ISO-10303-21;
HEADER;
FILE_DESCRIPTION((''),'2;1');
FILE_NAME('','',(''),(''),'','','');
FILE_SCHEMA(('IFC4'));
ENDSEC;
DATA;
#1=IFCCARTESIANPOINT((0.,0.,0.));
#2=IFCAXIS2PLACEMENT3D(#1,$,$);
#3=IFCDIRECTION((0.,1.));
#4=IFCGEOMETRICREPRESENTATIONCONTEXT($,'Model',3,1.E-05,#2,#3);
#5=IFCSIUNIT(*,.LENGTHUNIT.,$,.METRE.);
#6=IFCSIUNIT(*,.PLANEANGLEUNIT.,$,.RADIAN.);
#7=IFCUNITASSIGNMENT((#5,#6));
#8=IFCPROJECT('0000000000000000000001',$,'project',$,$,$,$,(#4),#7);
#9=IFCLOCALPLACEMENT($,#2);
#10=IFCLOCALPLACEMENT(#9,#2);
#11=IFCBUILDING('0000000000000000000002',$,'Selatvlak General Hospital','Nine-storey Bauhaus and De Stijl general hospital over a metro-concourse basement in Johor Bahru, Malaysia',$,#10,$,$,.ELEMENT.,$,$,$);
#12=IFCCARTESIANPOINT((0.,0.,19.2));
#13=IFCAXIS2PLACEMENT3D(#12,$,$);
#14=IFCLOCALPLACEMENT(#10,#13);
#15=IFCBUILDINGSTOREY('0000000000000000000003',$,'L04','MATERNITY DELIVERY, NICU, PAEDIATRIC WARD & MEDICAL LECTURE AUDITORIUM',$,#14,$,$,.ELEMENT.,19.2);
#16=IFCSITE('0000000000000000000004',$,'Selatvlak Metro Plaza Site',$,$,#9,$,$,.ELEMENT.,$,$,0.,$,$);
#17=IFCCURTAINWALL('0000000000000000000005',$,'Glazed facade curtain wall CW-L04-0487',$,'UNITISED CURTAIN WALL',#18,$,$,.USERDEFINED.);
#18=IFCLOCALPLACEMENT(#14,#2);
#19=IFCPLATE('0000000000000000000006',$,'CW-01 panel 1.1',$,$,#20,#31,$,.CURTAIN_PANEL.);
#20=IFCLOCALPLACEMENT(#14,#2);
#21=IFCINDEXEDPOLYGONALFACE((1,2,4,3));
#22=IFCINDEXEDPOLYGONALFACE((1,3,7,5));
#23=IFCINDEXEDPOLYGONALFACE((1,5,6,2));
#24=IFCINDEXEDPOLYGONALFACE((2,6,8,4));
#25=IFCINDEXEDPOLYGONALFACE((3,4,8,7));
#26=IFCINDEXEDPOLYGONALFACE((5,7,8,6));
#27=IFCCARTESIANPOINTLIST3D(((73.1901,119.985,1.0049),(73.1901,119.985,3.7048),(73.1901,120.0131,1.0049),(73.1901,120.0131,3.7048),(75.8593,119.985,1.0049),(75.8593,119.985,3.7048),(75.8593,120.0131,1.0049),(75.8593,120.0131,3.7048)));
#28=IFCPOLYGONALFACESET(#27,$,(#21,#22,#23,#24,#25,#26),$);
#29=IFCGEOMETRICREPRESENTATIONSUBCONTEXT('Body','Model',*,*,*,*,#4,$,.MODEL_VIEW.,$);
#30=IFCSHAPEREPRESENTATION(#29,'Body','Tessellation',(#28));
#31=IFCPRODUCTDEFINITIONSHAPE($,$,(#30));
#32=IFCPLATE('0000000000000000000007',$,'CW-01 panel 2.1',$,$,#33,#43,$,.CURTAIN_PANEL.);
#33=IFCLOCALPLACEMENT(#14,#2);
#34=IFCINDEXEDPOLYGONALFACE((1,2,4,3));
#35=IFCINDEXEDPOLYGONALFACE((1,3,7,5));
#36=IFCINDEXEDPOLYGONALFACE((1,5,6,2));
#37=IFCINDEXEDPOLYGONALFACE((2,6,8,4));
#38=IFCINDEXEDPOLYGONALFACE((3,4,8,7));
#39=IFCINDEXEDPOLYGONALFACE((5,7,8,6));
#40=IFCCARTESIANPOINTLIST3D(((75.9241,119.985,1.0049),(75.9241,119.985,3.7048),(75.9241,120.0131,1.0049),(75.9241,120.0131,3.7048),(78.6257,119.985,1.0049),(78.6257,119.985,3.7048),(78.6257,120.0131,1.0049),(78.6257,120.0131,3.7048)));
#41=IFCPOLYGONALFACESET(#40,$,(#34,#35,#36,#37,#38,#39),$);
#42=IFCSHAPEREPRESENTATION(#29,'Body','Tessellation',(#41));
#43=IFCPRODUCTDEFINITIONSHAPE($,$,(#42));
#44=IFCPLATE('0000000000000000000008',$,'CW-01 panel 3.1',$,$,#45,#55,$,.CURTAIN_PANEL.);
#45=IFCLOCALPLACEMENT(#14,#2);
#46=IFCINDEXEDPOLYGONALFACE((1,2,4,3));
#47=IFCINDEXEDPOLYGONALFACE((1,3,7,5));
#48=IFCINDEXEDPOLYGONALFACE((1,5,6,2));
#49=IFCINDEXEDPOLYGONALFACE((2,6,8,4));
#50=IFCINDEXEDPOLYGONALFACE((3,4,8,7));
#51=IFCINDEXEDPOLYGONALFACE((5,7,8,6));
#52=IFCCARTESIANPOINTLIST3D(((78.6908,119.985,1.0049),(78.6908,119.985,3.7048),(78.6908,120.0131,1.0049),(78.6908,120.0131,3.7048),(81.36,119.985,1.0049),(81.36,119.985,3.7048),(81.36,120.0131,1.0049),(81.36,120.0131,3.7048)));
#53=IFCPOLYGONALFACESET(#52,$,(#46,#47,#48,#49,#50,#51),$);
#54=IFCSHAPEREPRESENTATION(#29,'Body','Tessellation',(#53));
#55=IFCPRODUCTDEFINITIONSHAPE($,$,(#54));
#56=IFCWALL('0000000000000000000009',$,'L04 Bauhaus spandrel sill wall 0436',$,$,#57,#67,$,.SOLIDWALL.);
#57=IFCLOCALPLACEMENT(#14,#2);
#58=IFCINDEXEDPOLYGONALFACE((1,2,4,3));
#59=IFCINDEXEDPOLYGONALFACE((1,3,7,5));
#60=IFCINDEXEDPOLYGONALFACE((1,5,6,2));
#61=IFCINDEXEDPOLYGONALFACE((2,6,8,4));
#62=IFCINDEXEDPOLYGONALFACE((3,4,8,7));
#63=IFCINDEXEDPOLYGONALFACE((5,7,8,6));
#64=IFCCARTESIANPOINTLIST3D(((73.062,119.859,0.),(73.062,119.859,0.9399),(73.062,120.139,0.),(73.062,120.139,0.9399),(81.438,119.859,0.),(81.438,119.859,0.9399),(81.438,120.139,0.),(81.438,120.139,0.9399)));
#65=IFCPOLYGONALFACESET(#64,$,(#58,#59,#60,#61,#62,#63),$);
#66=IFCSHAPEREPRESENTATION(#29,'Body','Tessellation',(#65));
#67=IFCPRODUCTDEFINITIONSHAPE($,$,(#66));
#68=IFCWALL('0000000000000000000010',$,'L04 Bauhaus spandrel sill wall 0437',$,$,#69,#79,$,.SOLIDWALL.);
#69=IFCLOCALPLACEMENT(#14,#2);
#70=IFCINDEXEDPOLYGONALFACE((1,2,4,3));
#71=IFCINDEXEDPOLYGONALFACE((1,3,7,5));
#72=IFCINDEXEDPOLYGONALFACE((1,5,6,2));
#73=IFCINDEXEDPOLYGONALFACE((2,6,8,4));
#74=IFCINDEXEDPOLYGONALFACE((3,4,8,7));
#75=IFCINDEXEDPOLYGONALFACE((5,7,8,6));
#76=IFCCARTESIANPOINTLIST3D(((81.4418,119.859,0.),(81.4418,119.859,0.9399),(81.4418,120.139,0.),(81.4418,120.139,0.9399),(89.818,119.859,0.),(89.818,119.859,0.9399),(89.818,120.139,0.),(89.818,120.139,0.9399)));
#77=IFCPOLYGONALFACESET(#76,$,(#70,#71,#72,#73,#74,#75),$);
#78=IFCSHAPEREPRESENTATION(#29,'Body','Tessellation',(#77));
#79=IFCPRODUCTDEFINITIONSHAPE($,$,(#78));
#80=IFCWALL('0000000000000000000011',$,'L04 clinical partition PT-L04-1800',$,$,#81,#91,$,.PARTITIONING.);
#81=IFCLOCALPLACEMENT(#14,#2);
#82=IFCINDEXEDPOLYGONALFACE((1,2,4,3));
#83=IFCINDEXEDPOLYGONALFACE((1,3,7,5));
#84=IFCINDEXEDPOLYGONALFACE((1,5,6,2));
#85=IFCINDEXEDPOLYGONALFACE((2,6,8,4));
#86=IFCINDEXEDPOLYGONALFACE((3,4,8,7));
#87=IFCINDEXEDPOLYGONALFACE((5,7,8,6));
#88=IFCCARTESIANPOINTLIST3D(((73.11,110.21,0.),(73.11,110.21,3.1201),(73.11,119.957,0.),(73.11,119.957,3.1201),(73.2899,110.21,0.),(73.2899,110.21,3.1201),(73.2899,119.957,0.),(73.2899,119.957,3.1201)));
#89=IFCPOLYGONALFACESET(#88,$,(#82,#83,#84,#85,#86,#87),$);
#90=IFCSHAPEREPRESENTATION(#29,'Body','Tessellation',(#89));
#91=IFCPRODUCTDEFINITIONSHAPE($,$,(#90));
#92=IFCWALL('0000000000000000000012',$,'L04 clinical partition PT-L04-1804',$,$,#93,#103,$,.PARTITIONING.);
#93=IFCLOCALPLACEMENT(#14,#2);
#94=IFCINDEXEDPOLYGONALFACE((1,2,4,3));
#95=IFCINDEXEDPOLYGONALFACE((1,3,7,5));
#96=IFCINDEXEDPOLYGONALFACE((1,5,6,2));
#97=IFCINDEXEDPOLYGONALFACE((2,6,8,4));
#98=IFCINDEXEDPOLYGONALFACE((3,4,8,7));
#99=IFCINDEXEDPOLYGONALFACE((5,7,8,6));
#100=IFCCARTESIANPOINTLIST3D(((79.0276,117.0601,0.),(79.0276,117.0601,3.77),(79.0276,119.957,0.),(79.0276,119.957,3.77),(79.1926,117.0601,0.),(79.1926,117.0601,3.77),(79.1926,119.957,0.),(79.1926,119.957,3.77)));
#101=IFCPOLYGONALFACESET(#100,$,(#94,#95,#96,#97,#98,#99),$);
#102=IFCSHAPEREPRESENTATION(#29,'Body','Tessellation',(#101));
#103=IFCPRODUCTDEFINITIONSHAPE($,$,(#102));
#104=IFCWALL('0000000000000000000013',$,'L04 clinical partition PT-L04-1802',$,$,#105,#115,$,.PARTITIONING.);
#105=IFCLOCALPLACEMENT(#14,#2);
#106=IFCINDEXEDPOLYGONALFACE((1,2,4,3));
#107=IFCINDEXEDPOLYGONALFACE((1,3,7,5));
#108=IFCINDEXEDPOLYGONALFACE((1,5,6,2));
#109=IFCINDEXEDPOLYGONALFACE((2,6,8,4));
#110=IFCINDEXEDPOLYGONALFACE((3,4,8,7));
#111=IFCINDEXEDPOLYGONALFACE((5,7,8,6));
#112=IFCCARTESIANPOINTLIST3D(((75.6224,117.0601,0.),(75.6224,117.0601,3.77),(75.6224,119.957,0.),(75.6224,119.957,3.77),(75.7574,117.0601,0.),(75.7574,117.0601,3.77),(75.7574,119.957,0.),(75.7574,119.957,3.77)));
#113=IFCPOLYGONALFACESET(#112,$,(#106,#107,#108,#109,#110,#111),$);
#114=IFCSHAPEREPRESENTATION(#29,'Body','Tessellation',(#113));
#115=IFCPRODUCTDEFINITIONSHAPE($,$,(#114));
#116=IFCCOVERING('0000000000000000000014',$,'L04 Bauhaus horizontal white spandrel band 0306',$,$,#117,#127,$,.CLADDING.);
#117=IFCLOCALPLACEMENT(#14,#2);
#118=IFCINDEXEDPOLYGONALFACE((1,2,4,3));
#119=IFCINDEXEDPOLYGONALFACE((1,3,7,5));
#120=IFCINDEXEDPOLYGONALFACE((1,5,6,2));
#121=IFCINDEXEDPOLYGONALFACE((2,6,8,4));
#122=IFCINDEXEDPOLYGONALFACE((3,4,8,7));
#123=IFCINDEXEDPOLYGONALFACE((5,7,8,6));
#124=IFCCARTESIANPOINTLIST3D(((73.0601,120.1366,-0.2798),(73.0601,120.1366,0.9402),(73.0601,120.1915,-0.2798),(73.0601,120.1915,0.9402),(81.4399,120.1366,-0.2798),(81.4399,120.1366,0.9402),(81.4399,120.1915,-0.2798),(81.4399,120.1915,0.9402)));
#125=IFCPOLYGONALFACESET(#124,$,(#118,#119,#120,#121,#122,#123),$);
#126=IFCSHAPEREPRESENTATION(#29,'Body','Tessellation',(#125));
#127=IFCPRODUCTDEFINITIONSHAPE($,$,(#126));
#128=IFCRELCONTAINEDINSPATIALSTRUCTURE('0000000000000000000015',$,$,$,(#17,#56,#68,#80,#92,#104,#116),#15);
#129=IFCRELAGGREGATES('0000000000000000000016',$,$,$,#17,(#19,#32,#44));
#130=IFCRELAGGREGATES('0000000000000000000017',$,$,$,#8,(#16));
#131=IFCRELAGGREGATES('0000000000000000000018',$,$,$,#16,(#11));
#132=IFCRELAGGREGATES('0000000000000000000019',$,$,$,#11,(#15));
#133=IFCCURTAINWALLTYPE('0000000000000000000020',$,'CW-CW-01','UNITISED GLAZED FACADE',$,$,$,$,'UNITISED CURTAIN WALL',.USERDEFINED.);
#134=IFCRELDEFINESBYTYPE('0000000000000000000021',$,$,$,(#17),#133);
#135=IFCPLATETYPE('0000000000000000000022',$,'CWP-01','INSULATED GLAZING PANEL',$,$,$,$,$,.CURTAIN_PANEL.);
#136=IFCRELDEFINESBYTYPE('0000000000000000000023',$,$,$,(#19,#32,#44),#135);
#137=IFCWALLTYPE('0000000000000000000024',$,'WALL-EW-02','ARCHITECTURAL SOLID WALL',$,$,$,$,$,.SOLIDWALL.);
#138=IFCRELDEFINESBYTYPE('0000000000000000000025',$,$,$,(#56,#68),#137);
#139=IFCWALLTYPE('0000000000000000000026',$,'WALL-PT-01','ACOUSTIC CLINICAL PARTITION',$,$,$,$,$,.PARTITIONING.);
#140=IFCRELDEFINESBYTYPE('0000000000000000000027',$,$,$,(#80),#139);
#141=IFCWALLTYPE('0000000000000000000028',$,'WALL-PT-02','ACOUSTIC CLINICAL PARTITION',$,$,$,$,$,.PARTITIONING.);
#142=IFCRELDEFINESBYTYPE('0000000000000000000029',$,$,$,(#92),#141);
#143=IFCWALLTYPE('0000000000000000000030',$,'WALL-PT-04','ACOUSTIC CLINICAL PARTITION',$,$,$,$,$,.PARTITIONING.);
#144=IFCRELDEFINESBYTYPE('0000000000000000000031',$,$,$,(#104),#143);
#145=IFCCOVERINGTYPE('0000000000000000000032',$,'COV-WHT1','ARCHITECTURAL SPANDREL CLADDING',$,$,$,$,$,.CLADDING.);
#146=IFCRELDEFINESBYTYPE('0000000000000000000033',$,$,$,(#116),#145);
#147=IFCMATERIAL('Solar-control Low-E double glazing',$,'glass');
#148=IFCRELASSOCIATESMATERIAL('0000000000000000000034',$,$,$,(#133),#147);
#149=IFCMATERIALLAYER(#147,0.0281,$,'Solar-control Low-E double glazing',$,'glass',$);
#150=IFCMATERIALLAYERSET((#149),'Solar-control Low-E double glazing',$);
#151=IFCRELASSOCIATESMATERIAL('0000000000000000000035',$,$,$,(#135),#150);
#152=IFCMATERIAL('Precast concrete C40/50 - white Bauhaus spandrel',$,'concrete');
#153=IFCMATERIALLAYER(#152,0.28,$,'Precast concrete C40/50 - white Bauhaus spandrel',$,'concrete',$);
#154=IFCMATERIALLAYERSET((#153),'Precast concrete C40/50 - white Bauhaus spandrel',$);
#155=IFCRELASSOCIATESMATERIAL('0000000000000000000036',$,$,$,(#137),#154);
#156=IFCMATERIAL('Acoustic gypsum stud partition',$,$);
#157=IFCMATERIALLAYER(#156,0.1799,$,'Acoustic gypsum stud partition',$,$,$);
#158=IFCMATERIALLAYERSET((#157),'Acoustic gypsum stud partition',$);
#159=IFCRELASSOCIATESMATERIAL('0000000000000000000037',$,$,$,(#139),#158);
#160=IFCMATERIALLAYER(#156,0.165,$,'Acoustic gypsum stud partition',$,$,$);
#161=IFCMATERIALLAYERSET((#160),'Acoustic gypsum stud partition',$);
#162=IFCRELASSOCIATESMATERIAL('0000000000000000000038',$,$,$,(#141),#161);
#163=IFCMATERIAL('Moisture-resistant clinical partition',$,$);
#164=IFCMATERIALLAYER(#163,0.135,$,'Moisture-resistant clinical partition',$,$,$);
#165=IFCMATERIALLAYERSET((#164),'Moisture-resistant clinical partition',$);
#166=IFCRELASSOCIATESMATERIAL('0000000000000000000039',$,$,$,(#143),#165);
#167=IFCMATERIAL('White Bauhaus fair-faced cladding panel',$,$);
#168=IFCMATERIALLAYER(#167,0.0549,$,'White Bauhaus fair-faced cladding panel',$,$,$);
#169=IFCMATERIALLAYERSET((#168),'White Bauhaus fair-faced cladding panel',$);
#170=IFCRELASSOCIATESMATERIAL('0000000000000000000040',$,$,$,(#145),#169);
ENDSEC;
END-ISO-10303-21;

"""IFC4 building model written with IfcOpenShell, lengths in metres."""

from ifc_helpers import new_model, si_unit, direction, frame, frame_2d, origin, origin_2d, place, context, subcontext, project, spatial, rectangle, extrude, material, layer, layer_set, type_object, element, aggregate, save


model = new_model("IFC4")

# Units and contexts
model_context = context("Model", 3, precision=1e-05, world=origin(), true_north=direction((0.0, 1.0)))
body_context = subcontext(model_context, "Body", "Model", "MODEL_VIEW")
ifc_project = project(units=[si_unit("LENGTHUNIT", "METRE"), si_unit("PLANEANGLEUNIT", "RADIAN")], contexts=[model_context])

# Site, building, storey
site_placement = place(None, origin())
site = spatial("IfcSite", under=ifc_project, at=site_placement, Name="Selatvlak Metro Plaza Site", CompositionType="ELEMENT", RefElevation=0.0)
building_placement = place(site_placement, origin())
building = spatial("IfcBuilding", under=site, at=building_placement, Name="Selatvlak General Hospital", Description="Nine-storey Bauhaus and De Stijl general hospital over a metro-concourse basement in Johor Bahru, Malaysia", CompositionType="ELEMENT")
storey_placement = place(building_placement, frame((0.0, 0.0, 19.2)))
storey = spatial("IfcBuildingStorey", under=building, at=storey_placement, Name="L04", Description="MATERNITY DELIVERY, NICU, PAEDIATRIC WARD & MEDICAL LECTURE AUDITORIUM", CompositionType="ELEMENT", Elevation=19.2)

# Curtain wall
ifc_material_1 = material(Name="Solar-control Low-E double glazing", Category="glass")
curtain_wall_type_1 = type_object("IfcCurtainWallType", Name="CW-CW-01", Description="UNITISED GLAZED FACADE", ElementType="UNITISED CURTAIN WALL", PredefinedType="USERDEFINED", material=ifc_material_1)
curtain_wall_1_placement = place(storey_placement, origin())
curtain_wall_1 = element("IfcCurtainWall", 1, at=curtain_wall_1_placement, inside=storey, type_object=curtain_wall_type_1, Name="Glazed facade curtain wall CW-L04-0487", ObjectType="UNITISED CURTAIN WALL", PredefinedType="USERDEFINED")

# Plates
ifc_layer_1 = layer(ifc_material_1, 0.0281, Name="Solar-control Low-E double glazing", Category="glass")
ifc_layer_set_1 = layer_set([ifc_layer_1], Name="Solar-control Low-E double glazing")
plate_type = type_object("IfcPlateType", Name="CWP-01", Description="INSULATED GLAZING PANEL", PredefinedType="CURTAIN_PANEL", material=ifc_layer_set_1)
plate_1_placement = place(storey_placement, frame((74.5247, 119.999, 1.0049), z_axis=(0.0, 0.0, 1.0), x_axis=(1.0, 0.0, 0.0)))
plate_1 = element("IfcPlate", 2, at=plate_1_placement, type_object=plate_type, Name="CW-01 panel 1.1", PredefinedType="CURTAIN_PANEL", context=body_context, shape_type="SweptSolid", body=[
    extrude(rectangle(XDim=2.6692, YDim=0.0281, at=origin_2d()), origin(), (0.0, 0.0, 1.0), 2.7),
])
plate_2_placement = place(storey_placement, frame((77.2749, 119.999, 1.0049), z_axis=(0.0, 0.0, 1.0), x_axis=(1.0, 0.0, 0.0)))
plate_2 = element("IfcPlate", 3, at=plate_2_placement, type_object=plate_type, Name="CW-01 panel 2.1", PredefinedType="CURTAIN_PANEL", context=body_context, shape_type="SweptSolid", body=[
    extrude(rectangle(XDim=2.7017, YDim=0.0281, at=origin_2d()), origin(), (0.0, 0.0, 1.0), 2.7),
])
plate_3_placement = place(storey_placement, frame((80.0254, 119.999, 1.0049), z_axis=(0.0, 0.0, 1.0), x_axis=(1.0, 0.0, 0.0)))
plate_3 = element("IfcPlate", 4, at=plate_3_placement, type_object=plate_type, Name="CW-01 panel 3.1", PredefinedType="CURTAIN_PANEL", context=body_context, shape_type="SweptSolid", body=[
    extrude(rectangle(XDim=2.6692, YDim=0.0281, at=origin_2d()), origin(), (0.0, 0.0, 1.0), 2.7),
])
aggregate(curtain_wall_1, [plate_1, plate_2, plate_3])

# Walls
ifc_material_2 = material(Name="Precast concrete C40/50 - white Bauhaus spandrel", Category="concrete")
ifc_layer_2 = layer(ifc_material_2, 0.28, Name="Precast concrete C40/50 - white Bauhaus spandrel", Category="concrete")
ifc_layer_set_2 = layer_set([ifc_layer_2], Name="Precast concrete C40/50 - white Bauhaus spandrel")
wall_type_1 = type_object("IfcWallType", Name="WALL-EW-02", Description="ARCHITECTURAL SOLID WALL", PredefinedType="SOLIDWALL", material=ifc_layer_set_2)
wall_1_placement = place(storey_placement, frame((73.062, 119.999, 0.0), z_axis=(0.0, 0.0, 1.0), x_axis=(1.0, 0.0, 0.0)))
element("IfcWall", 5, at=wall_1_placement, inside=storey, type_object=wall_type_1, Name="L04 Bauhaus spandrel sill wall 0436", PredefinedType="SOLIDWALL", context=body_context, shape_type="SweptSolid", body=[
    extrude(rectangle(XDim=8.376, YDim=0.28, at=frame_2d((4.188, 0.0))), origin(), (0.0, 0.0, 1.0), 0.9399),
])
wall_2_placement = place(storey_placement, frame((81.4419, 119.999, 0.0), z_axis=(0.0, 0.0, 1.0), x_axis=(1.0, 0.0, 0.0)))
element("IfcWall", 6, at=wall_2_placement, inside=storey, type_object=wall_type_1, Name="L04 Bauhaus spandrel sill wall 0437", PredefinedType="SOLIDWALL", context=body_context, shape_type="SweptSolid", body=[
    extrude(rectangle(XDim=8.3762, YDim=0.28, at=frame_2d((4.188, 0.0))), origin(), (0.0, 0.0, 1.0), 0.9399),
])
ifc_material_3 = material(Name="Acoustic gypsum stud partition")
ifc_layer_3 = layer(ifc_material_3, 0.1799, Name="Acoustic gypsum stud partition")
ifc_layer_set_3 = layer_set([ifc_layer_3], Name="Acoustic gypsum stud partition")
wall_type_2 = type_object("IfcWallType", Name="WALL-PT-01", Description="ACOUSTIC CLINICAL PARTITION", PredefinedType="PARTITIONING", material=ifc_layer_set_3)
wall_3_placement = place(storey_placement, frame((73.2, 119.957, 0.0), z_axis=(0.0, 0.0, 1.0), x_axis=(0.0, -1.0, 0.0)))
element("IfcWall", 7, at=wall_3_placement, inside=storey, type_object=wall_type_2, Name="L04 clinical partition PT-L04-1800", PredefinedType="PARTITIONING", context=body_context, shape_type="SweptSolid", body=[
    extrude(rectangle(XDim=9.7471, YDim=0.1799, at=frame_2d((4.8735, 0.0))), origin(), (0.0, 0.0, 1.0), 3.1201),
])

# Walls
ifc_layer_4 = layer(ifc_material_3, 0.165, Name="Acoustic gypsum stud partition")
ifc_layer_set_4 = layer_set([ifc_layer_4], Name="Acoustic gypsum stud partition")
wall_type_3 = type_object("IfcWallType", Name="WALL-PT-02", Description="ACOUSTIC CLINICAL PARTITION", PredefinedType="PARTITIONING", material=ifc_layer_set_4)
wall_4_placement = place(storey_placement, frame((79.1101, 117.0601, 0.0), z_axis=(0.0, 0.0, 1.0), x_axis=(0.0, 1.0, 0.0)))
element("IfcWall", 8, at=wall_4_placement, inside=storey, type_object=wall_type_3, Name="L04 clinical partition PT-L04-1804", PredefinedType="PARTITIONING", context=body_context, shape_type="SweptSolid", body=[
    extrude(rectangle(XDim=2.897, YDim=0.165, at=frame_2d((1.4485, 0.0))), origin(), (0.0, 0.0, 1.0), 3.77),
])
ifc_material_4 = material(Name="Moisture-resistant clinical partition")
ifc_layer_5 = layer(ifc_material_4, 0.135, Name="Moisture-resistant clinical partition")
ifc_layer_set_5 = layer_set([ifc_layer_5], Name="Moisture-resistant clinical partition")
wall_type_4 = type_object("IfcWallType", Name="WALL-PT-04", Description="ACOUSTIC CLINICAL PARTITION", PredefinedType="PARTITIONING", material=ifc_layer_set_5)
wall_5_placement = place(storey_placement, frame((75.6899, 119.957, 0.0), z_axis=(0.0, 0.0, 1.0), x_axis=(0.0, -1.0, 0.0)))
element("IfcWall", 9, at=wall_5_placement, inside=storey, type_object=wall_type_4, Name="L04 clinical partition PT-L04-1802", PredefinedType="PARTITIONING", context=body_context, shape_type="SweptSolid", body=[
    extrude(rectangle(XDim=2.897, YDim=0.135, at=frame_2d((1.4485, 0.0))), origin(), (0.0, 0.0, 1.0), 3.77),
])

# Covering
ifc_material_5 = material(Name="White Bauhaus fair-faced cladding panel")
ifc_layer_6 = layer(ifc_material_5, 0.0549, Name="White Bauhaus fair-faced cladding panel")
ifc_layer_set_6 = layer_set([ifc_layer_6], Name="White Bauhaus fair-faced cladding panel")
covering_type = type_object("IfcCoveringType", Name="COV-WHT1", Description="ARCHITECTURAL SPANDREL CLADDING", PredefinedType="CLADDING", material=ifc_layer_set_6)
covering_placement = place(storey_placement, frame((77.25, 120.1641, -0.2798), z_axis=(0.0, 0.0, 1.0), x_axis=(1.0, 0.0, 0.0)))
element("IfcCovering", 10, at=covering_placement, inside=storey, type_object=covering_type, Name="L04 Bauhaus horizontal white spandrel band 0306", PredefinedType="CLADDING", context=body_context, shape_type="SweptSolid", body=[
    extrude(rectangle(XDim=8.3799, YDim=0.0549, at=origin_2d()), origin(), (0.0, 0.0, 1.0), 1.22),
])

save(model, "model.ifc")
